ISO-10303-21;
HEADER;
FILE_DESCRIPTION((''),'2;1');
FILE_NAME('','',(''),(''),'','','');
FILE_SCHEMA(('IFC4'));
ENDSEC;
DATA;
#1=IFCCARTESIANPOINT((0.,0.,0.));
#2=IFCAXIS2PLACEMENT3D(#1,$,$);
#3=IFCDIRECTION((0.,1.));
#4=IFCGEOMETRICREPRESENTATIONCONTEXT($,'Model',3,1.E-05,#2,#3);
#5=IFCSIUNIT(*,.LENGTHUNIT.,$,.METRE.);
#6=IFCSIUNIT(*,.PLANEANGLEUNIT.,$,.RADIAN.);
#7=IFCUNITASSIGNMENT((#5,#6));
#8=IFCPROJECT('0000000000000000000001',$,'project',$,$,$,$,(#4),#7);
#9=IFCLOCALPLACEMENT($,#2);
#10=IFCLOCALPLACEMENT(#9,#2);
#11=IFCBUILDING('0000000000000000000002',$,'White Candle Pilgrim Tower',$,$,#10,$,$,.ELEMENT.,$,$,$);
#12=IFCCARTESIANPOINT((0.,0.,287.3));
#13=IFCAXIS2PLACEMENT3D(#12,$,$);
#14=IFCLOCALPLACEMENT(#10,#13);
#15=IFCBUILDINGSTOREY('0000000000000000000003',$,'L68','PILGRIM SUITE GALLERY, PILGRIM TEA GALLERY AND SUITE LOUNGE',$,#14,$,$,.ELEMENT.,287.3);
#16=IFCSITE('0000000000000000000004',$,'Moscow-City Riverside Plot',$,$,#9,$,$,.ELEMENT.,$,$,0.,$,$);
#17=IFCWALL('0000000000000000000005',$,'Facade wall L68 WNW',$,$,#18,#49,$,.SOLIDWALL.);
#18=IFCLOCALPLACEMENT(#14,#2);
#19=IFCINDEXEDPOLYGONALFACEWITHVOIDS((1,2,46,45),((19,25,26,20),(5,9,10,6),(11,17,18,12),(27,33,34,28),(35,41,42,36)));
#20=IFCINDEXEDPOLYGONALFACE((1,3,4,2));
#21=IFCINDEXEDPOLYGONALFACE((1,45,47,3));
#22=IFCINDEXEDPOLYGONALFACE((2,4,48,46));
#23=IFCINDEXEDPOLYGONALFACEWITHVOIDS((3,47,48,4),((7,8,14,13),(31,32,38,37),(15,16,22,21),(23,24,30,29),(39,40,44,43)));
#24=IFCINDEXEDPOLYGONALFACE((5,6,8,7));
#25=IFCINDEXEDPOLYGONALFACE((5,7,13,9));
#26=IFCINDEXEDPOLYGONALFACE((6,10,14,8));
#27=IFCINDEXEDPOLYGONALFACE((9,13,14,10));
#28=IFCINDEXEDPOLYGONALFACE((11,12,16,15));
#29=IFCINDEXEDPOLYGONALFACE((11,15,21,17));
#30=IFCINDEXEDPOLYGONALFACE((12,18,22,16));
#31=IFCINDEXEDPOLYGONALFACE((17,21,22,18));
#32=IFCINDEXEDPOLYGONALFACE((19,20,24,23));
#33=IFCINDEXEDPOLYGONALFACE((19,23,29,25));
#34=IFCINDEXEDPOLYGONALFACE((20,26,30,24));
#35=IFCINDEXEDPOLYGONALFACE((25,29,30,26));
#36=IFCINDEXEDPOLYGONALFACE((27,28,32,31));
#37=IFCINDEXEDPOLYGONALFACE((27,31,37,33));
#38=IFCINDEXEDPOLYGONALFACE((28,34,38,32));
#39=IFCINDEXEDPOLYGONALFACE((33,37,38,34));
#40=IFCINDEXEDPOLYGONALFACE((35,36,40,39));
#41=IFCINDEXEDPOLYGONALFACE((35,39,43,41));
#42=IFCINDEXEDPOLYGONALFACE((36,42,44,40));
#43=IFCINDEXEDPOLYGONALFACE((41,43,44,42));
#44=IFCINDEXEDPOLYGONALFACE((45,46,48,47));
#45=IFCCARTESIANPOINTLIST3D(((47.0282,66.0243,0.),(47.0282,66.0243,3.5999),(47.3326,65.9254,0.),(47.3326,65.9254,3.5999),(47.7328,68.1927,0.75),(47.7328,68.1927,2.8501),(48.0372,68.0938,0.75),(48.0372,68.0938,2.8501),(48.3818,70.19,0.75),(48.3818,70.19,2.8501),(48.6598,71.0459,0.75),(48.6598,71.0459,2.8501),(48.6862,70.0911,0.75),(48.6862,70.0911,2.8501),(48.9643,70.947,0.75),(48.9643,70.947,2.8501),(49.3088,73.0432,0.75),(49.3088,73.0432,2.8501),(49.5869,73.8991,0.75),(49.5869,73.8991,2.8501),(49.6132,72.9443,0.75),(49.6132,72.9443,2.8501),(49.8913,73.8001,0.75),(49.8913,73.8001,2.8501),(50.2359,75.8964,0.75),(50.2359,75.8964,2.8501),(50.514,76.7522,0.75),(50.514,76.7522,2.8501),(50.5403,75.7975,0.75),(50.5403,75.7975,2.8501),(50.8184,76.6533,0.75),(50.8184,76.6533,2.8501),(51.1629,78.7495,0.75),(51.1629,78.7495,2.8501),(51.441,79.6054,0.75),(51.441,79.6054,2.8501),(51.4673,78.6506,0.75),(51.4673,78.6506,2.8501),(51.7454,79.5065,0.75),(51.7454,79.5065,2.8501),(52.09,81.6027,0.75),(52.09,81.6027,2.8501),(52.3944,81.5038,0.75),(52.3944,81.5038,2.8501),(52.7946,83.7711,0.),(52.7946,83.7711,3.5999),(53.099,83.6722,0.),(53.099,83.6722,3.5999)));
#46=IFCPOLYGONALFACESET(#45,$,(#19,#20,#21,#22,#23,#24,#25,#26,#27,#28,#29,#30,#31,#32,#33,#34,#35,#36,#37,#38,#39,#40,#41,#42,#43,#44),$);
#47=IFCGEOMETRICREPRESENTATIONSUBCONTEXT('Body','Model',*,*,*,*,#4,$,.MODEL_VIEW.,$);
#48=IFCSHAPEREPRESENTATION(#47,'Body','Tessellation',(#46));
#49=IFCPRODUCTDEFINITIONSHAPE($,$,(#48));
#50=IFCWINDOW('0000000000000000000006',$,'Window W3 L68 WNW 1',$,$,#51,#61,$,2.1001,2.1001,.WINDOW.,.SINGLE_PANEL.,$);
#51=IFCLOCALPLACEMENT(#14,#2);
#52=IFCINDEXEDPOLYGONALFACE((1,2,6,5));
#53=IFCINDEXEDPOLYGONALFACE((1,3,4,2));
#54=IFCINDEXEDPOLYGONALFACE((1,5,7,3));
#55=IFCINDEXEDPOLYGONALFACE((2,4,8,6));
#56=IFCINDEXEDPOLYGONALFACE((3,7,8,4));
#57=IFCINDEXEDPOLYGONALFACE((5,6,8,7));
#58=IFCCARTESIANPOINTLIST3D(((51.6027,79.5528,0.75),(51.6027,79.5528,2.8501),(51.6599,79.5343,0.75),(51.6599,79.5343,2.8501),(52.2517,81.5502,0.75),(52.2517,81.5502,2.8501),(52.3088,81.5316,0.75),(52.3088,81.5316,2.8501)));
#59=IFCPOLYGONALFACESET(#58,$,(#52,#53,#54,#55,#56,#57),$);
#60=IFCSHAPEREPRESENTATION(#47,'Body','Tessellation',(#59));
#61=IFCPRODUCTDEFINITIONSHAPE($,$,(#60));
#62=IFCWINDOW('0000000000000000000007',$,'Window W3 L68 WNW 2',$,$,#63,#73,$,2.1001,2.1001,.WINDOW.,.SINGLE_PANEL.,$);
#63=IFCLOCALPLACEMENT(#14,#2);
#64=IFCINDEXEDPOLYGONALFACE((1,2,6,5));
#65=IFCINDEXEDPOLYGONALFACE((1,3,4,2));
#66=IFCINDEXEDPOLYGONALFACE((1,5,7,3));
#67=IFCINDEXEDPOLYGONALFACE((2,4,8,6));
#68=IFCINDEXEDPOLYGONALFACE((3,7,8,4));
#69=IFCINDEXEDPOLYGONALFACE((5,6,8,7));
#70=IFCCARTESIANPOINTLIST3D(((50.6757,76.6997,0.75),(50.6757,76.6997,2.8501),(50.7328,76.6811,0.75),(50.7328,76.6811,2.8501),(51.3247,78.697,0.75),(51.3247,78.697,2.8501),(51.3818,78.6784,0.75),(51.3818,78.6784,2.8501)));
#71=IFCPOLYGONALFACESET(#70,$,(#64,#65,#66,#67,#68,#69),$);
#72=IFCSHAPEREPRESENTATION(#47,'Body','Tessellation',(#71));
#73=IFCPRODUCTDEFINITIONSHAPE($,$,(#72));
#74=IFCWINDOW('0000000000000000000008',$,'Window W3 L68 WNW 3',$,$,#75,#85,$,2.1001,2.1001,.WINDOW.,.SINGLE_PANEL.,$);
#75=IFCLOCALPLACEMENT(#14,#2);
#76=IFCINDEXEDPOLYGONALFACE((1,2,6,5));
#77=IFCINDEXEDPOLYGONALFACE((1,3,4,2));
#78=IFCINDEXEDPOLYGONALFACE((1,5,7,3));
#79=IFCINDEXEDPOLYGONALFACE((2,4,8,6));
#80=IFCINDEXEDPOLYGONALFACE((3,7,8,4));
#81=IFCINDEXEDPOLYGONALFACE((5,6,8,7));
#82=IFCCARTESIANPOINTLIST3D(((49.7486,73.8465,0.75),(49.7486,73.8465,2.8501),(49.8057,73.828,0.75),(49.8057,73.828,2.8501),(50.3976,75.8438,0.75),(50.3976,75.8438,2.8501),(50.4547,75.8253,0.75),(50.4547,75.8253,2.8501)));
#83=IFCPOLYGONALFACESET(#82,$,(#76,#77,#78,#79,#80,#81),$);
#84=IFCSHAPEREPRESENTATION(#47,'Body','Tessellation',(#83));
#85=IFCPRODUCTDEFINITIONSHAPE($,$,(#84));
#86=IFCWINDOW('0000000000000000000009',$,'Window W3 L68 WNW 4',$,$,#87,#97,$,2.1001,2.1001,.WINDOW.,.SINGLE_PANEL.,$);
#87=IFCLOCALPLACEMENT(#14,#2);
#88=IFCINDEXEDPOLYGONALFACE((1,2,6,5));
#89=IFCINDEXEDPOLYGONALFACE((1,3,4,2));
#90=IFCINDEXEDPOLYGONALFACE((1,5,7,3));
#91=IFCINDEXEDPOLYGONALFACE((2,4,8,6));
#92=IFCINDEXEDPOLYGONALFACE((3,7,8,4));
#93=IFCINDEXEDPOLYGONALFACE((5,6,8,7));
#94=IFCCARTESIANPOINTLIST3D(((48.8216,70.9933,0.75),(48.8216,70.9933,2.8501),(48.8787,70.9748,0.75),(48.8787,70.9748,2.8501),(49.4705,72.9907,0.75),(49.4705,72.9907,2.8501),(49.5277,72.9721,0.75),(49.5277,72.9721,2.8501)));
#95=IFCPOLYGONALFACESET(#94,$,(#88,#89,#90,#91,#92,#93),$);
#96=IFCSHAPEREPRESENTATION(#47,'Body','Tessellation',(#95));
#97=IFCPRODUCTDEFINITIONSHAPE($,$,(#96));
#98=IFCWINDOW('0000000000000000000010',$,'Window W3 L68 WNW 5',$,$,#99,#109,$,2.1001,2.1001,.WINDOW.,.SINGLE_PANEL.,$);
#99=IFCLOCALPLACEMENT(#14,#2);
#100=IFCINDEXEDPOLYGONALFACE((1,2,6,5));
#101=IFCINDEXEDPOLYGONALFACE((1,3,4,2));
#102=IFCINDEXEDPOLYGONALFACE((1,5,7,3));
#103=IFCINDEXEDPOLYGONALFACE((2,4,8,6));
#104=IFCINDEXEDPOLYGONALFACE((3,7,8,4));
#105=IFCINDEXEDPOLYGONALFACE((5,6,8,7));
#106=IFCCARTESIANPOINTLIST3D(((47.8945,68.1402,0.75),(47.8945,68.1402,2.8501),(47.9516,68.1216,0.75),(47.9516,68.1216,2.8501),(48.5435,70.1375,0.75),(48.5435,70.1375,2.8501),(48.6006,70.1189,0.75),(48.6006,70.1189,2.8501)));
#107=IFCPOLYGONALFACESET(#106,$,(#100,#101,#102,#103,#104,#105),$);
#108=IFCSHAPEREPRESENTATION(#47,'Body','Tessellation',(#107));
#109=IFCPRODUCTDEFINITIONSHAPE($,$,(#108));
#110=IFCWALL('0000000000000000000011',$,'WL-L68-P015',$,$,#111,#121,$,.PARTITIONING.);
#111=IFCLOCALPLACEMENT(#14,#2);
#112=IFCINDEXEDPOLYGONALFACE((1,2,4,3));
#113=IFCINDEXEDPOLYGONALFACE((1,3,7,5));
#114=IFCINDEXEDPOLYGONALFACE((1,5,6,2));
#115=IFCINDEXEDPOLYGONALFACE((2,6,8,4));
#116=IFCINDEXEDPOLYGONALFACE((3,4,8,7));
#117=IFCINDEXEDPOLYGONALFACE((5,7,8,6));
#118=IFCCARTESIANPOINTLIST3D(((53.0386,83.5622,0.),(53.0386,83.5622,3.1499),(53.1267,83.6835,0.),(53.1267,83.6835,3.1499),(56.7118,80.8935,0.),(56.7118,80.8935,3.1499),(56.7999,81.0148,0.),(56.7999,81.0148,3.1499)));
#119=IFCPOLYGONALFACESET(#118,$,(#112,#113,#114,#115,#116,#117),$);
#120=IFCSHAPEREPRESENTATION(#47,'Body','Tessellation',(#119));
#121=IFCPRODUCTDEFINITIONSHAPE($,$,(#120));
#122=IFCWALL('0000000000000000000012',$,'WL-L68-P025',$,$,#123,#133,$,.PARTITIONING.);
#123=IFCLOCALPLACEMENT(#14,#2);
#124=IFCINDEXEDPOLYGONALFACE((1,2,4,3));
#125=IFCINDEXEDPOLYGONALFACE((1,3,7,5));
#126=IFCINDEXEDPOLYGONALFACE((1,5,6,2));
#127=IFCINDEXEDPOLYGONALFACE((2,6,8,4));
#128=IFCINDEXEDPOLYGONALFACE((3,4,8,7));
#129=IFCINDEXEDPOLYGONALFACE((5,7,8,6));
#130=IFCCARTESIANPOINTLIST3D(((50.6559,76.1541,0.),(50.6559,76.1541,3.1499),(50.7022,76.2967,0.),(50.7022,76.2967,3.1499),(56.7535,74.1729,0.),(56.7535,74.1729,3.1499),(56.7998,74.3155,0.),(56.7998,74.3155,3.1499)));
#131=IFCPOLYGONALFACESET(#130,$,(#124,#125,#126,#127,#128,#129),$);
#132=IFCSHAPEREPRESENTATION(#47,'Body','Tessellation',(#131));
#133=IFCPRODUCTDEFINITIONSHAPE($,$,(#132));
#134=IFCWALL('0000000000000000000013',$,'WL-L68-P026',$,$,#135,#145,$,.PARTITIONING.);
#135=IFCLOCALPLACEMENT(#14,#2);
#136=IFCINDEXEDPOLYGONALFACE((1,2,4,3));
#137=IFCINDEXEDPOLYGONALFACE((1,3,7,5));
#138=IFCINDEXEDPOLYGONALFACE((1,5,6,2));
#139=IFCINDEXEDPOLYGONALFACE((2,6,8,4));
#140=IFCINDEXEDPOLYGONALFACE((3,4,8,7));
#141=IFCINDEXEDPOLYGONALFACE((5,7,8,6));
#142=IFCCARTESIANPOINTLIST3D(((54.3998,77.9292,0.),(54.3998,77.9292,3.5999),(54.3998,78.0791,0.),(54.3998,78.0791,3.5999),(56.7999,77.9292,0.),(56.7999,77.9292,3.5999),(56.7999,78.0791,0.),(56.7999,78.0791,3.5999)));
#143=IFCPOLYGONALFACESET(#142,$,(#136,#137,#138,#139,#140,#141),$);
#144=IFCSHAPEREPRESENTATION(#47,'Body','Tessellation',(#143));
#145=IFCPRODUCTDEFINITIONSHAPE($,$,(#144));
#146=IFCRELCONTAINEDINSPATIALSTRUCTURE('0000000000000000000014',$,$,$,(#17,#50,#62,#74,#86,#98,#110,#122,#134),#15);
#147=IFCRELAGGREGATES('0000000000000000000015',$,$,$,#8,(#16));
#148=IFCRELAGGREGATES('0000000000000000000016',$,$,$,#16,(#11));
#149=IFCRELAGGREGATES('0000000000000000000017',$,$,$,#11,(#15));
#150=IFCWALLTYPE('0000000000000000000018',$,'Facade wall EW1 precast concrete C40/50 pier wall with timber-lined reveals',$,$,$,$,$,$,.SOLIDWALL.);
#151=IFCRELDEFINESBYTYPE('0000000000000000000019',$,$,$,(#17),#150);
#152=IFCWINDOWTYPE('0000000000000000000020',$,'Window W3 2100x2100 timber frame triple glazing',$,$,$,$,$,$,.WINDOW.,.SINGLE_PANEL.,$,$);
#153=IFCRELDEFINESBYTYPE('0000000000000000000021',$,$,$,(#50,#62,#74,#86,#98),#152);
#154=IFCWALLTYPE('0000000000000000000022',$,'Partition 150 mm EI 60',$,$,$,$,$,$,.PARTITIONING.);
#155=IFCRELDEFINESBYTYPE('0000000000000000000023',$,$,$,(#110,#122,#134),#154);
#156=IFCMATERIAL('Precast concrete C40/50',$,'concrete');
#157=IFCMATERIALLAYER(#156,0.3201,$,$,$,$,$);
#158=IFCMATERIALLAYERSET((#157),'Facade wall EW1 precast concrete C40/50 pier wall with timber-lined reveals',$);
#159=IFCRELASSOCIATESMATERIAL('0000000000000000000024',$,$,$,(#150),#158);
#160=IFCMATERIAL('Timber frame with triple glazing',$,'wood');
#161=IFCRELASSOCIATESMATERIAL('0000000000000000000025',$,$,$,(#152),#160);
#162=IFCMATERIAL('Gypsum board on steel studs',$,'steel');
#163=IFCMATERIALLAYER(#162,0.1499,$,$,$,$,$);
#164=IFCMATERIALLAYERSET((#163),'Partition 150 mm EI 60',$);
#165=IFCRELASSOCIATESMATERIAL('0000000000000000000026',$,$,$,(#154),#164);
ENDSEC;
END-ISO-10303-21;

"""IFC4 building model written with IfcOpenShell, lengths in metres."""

from ifc_helpers import new_model, si_unit, direction, frame, frame_2d, origin, place, context, subcontext, project, spatial, rectangle, extrude, material, layer, layer_set, type_object, element, fill, save


model = new_model("IFC4")

# Units and contexts
model_context = context("Model", 3, precision=1e-05, world=origin(), true_north=direction((0.0, 1.0)))
body_context = subcontext(model_context, "Body", "Model", "MODEL_VIEW")
ifc_project = project(units=[si_unit("LENGTHUNIT", "METRE"), si_unit("PLANEANGLEUNIT", "RADIAN")], contexts=[model_context])

# Site, building, storey
site_placement = place(None, origin())
site = spatial("IfcSite", under=ifc_project, at=site_placement, Name="Moscow-City Riverside Plot", CompositionType="ELEMENT", RefElevation=0.0)
building_placement = place(site_placement, origin())
building = spatial("IfcBuilding", under=site, at=building_placement, Name="White Candle Pilgrim Tower", CompositionType="ELEMENT")
storey_placement = place(building_placement, frame((0.0, 0.0, 287.3)))
storey = spatial("IfcBuildingStorey", under=building, at=storey_placement, Name="L68", Description="PILGRIM SUITE GALLERY, PILGRIM TEA GALLERY AND SUITE LOUNGE", CompositionType="ELEMENT", Elevation=287.3)

# Shared definitions
ifc_material_1 = material(Name="Precast concrete C40/50", Category="concrete")
ifc_layer_1 = layer(ifc_material_1, 0.3201)
ifc_layer_set_1 = layer_set([ifc_layer_1], Name="Facade wall EW1 precast concrete C40/50 pier wall with timber-lined reveals")
wall_type_1 = type_object("IfcWallType", Name="Facade wall EW1 precast concrete C40/50 pier wall with timber-lined reveals", PredefinedType="SOLIDWALL", material=ifc_layer_set_1)
ifc_material_2 = material(Name="Timber frame with triple glazing", Category="wood")

# Wall, openings, windows
wall_1_placement = place(storey_placement, frame((52.9468, 83.7217, 0.0), z_axis=(0.0, 0.0, 1.0), x_axis=(-0.30902, -0.951056, 0.0)))
wall_1 = element("IfcWall", 1, at=wall_1_placement, inside=storey, type_object=wall_type_1, Name="Facade wall L68 WNW", PredefinedType="SOLIDWALL", context=body_context, shape_type="SweptSolid", body=[
    extrude(rectangle(XDim=18.6602, YDim=0.3201, at=frame_2d((9.3301, 0.0))), origin(), (0.0, 0.0, 1.0), 3.5999),
])
opening_1_placement = place(wall_1_placement, frame((2.28, 0.0, 0.75)))
opening_1 = element("IfcOpeningElement", 2, at=opening_1_placement, cuts=wall_1, PredefinedType="OPENING", context=body_context, shape_type="SweptSolid", body=[
    extrude(rectangle(XDim=2.1001, YDim=2.1001, at=frame_2d((1.05, 1.05))), frame((0.0, 0.1699, 0.0), z_axis=(0.0, -1.0, 0.0), x_axis=(1.0, 0.0, 0.0)), (0.0, 0.0, 1.0), 0.3401),
])
opening_2_placement = place(wall_1_placement, frame((5.28, 0.0, 0.75)))
opening_2 = element("IfcOpeningElement", 3, at=opening_2_placement, cuts=wall_1, PredefinedType="OPENING", context=body_context, shape_type="SweptSolid", body=[
    extrude(rectangle(XDim=2.1001, YDim=2.1001, at=frame_2d((1.05, 1.05))), frame((0.0, 0.1699, 0.0), z_axis=(0.0, -1.0, 0.0), x_axis=(1.0, 0.0, 0.0)), (0.0, 0.0, 1.0), 0.3401),
])
opening_3_placement = place(wall_1_placement, frame((8.28, 0.0, 0.75)))
opening_3 = element("IfcOpeningElement", 4, at=opening_3_placement, cuts=wall_1, PredefinedType="OPENING", context=body_context, shape_type="SweptSolid", body=[
    extrude(rectangle(XDim=2.1001, YDim=2.1001, at=frame_2d((1.05, 1.05))), frame((0.0, 0.1699, 0.0), z_axis=(0.0, -1.0, 0.0), x_axis=(1.0, 0.0, 0.0)), (0.0, 0.0, 1.0), 0.3401),
])
opening_4_placement = place(wall_1_placement, frame((11.28, 0.0, 0.75)))
opening_4 = element("IfcOpeningElement", 5, at=opening_4_placement, cuts=wall_1, PredefinedType="OPENING", context=body_context, shape_type="SweptSolid", body=[
    extrude(rectangle(XDim=2.1001, YDim=2.1001, at=frame_2d((1.05, 1.05))), frame((0.0, 0.1699, 0.0), z_axis=(0.0, -1.0, 0.0), x_axis=(1.0, 0.0, 0.0)), (0.0, 0.0, 1.0), 0.3401),
])
opening_5_placement = place(wall_1_placement, frame((14.28, 0.0, 0.75)))
opening_5 = element("IfcOpeningElement", 6, at=opening_5_placement, cuts=wall_1, PredefinedType="OPENING", context=body_context, shape_type="SweptSolid", body=[
    extrude(rectangle(XDim=2.1001, YDim=2.1001, at=frame_2d((1.05, 1.05))), frame((0.0, 0.1699, 0.0), z_axis=(0.0, -1.0, 0.0), x_axis=(1.0, 0.0, 0.0)), (0.0, 0.0, 1.0), 0.3401),
])
window_type_1 = type_object("IfcWindowType", Name="Window W3 2100x2100 timber frame triple glazing", PartitioningType="SINGLE_PANEL", PredefinedType="WINDOW", material=ifc_material_2)
window_1_placement = place(opening_1_placement, origin())
window_1 = element("IfcWindow", 7, at=window_1_placement, inside=storey, type_object=window_type_1, Name="Window W3 L68 WNW 1", OverallHeight=2.1001, OverallWidth=2.1001, PartitioningType="SINGLE_PANEL", PredefinedType="WINDOW", context=body_context, shape_type="SweptSolid", body=[
    extrude(rectangle(XDim=2.1001, YDim=2.1001, at=frame_2d((1.05, 1.05))), frame((0.0, 0.0701, 0.0), z_axis=(0.0, -1.0, 0.0), x_axis=(1.0, 0.0, 0.0)), (0.0, 0.0, 1.0), 0.0601),
])
fill(opening_1, window_1)
window_2_placement = place(opening_2_placement, origin())
window_2 = element("IfcWindow", 8, at=window_2_placement, inside=storey, type_object=window_type_1, Name="Window W3 L68 WNW 2", OverallHeight=2.1001, OverallWidth=2.1001, PartitioningType="SINGLE_PANEL", PredefinedType="WINDOW", context=body_context, shape_type="SweptSolid", body=[
    extrude(rectangle(XDim=2.1001, YDim=2.1001, at=frame_2d((1.05, 1.05))), frame((0.0, 0.0701, 0.0), z_axis=(0.0, -1.0, 0.0), x_axis=(1.0, 0.0, 0.0)), (0.0, 0.0, 1.0), 0.0601),
])
fill(opening_2, window_2)
window_3_placement = place(opening_3_placement, origin())
window_3 = element("IfcWindow", 9, at=window_3_placement, inside=storey, type_object=window_type_1, Name="Window W3 L68 WNW 3", OverallHeight=2.1001, OverallWidth=2.1001, PartitioningType="SINGLE_PANEL", PredefinedType="WINDOW", context=body_context, shape_type="SweptSolid", body=[
    extrude(rectangle(XDim=2.1001, YDim=2.1001, at=frame_2d((1.05, 1.05))), frame((0.0, 0.0701, 0.0), z_axis=(0.0, -1.0, 0.0), x_axis=(1.0, 0.0, 0.0)), (0.0, 0.0, 1.0), 0.0601),
])
fill(opening_3, window_3)
window_4_placement = place(opening_4_placement, origin())
window_4 = element("IfcWindow", 10, at=window_4_placement, inside=storey, type_object=window_type_1, Name="Window W3 L68 WNW 4", OverallHeight=2.1001, OverallWidth=2.1001, PartitioningType="SINGLE_PANEL", PredefinedType="WINDOW", context=body_context, shape_type="SweptSolid", body=[
    extrude(rectangle(XDim=2.1001, YDim=2.1001, at=frame_2d((1.05, 1.05))), frame((0.0, 0.0701, 0.0), z_axis=(0.0, -1.0, 0.0), x_axis=(1.0, 0.0, 0.0)), (0.0, 0.0, 1.0), 0.0601),
])
fill(opening_4, window_4)
window_5_placement = place(opening_5_placement, origin())
window_5 = element("IfcWindow", 11, at=window_5_placement, inside=storey, type_object=window_type_1, Name="Window W3 L68 WNW 5", OverallHeight=2.1001, OverallWidth=2.1001, PartitioningType="SINGLE_PANEL", PredefinedType="WINDOW", context=body_context, shape_type="SweptSolid", body=[
    extrude(rectangle(XDim=2.1001, YDim=2.1001, at=frame_2d((1.05, 1.05))), frame((0.0, 0.0701, 0.0), z_axis=(0.0, -1.0, 0.0), x_axis=(1.0, 0.0, 0.0)), (0.0, 0.0, 1.0), 0.0601),
])
fill(opening_5, window_5)

# Walls
ifc_material_3 = material(Name="Gypsum board on steel studs", Category="steel")
ifc_layer_2 = layer(ifc_material_3, 0.1499)
ifc_layer_set_2 = layer_set([ifc_layer_2], Name="Partition 150 mm EI 60")
wall_type_2 = type_object("IfcWallType", Name="Partition 150 mm EI 60", PredefinedType="PARTITIONING", material=ifc_layer_set_2)
wall_2_placement = place(storey_placement, frame((53.0828, 83.6228, 0.0), z_axis=(0.0, 0.0, 1.0), x_axis=(0.809013, -0.587791, 0.0)))
element("IfcWall", 12, at=wall_2_placement, inside=storey, type_object=wall_type_2, Name="WL-L68-P015", PredefinedType="PARTITIONING", context=body_context, shape_type="SweptSolid", body=[
    extrude(rectangle(XDim=4.5403, YDim=0.1499, at=frame_2d((2.27, 0.0))), origin(), (0.0, 0.0, 1.0), 3.1499),
])
wall_3_placement = place(storey_placement, frame((50.6792, 76.2253, 0.0), z_axis=(0.0, 0.0, 1.0), x_axis=(0.951059, -0.30901, 0.0)))
element("IfcWall", 13, at=wall_3_placement, inside=storey, type_object=wall_type_2, Name="WL-L68-P025", PredefinedType="PARTITIONING", context=body_context, shape_type="SweptSolid", body=[
    extrude(rectangle(XDim=6.4114, YDim=0.1499, at=frame_2d((3.2056, 0.0))), origin(), (0.0, 0.0, 1.0), 3.1499),
])
wall_4_placement = place(storey_placement, frame((56.8, 78.0042, 0.0), z_axis=(0.0, 0.0, 1.0), x_axis=(-1.0, 0.0, 0.0)))
element("IfcWall", 14, at=wall_4_placement, inside=storey, type_object=wall_type_2, Name="WL-L68-P026", PredefinedType="PARTITIONING", context=body_context, shape_type="SweptSolid", body=[
    extrude(rectangle(XDim=2.4001, YDim=0.1499, at=frame_2d((1.2002, 0.0))), origin(), (0.0, 0.0, 1.0), 3.5999),
])

save(model, "model.ifc")
